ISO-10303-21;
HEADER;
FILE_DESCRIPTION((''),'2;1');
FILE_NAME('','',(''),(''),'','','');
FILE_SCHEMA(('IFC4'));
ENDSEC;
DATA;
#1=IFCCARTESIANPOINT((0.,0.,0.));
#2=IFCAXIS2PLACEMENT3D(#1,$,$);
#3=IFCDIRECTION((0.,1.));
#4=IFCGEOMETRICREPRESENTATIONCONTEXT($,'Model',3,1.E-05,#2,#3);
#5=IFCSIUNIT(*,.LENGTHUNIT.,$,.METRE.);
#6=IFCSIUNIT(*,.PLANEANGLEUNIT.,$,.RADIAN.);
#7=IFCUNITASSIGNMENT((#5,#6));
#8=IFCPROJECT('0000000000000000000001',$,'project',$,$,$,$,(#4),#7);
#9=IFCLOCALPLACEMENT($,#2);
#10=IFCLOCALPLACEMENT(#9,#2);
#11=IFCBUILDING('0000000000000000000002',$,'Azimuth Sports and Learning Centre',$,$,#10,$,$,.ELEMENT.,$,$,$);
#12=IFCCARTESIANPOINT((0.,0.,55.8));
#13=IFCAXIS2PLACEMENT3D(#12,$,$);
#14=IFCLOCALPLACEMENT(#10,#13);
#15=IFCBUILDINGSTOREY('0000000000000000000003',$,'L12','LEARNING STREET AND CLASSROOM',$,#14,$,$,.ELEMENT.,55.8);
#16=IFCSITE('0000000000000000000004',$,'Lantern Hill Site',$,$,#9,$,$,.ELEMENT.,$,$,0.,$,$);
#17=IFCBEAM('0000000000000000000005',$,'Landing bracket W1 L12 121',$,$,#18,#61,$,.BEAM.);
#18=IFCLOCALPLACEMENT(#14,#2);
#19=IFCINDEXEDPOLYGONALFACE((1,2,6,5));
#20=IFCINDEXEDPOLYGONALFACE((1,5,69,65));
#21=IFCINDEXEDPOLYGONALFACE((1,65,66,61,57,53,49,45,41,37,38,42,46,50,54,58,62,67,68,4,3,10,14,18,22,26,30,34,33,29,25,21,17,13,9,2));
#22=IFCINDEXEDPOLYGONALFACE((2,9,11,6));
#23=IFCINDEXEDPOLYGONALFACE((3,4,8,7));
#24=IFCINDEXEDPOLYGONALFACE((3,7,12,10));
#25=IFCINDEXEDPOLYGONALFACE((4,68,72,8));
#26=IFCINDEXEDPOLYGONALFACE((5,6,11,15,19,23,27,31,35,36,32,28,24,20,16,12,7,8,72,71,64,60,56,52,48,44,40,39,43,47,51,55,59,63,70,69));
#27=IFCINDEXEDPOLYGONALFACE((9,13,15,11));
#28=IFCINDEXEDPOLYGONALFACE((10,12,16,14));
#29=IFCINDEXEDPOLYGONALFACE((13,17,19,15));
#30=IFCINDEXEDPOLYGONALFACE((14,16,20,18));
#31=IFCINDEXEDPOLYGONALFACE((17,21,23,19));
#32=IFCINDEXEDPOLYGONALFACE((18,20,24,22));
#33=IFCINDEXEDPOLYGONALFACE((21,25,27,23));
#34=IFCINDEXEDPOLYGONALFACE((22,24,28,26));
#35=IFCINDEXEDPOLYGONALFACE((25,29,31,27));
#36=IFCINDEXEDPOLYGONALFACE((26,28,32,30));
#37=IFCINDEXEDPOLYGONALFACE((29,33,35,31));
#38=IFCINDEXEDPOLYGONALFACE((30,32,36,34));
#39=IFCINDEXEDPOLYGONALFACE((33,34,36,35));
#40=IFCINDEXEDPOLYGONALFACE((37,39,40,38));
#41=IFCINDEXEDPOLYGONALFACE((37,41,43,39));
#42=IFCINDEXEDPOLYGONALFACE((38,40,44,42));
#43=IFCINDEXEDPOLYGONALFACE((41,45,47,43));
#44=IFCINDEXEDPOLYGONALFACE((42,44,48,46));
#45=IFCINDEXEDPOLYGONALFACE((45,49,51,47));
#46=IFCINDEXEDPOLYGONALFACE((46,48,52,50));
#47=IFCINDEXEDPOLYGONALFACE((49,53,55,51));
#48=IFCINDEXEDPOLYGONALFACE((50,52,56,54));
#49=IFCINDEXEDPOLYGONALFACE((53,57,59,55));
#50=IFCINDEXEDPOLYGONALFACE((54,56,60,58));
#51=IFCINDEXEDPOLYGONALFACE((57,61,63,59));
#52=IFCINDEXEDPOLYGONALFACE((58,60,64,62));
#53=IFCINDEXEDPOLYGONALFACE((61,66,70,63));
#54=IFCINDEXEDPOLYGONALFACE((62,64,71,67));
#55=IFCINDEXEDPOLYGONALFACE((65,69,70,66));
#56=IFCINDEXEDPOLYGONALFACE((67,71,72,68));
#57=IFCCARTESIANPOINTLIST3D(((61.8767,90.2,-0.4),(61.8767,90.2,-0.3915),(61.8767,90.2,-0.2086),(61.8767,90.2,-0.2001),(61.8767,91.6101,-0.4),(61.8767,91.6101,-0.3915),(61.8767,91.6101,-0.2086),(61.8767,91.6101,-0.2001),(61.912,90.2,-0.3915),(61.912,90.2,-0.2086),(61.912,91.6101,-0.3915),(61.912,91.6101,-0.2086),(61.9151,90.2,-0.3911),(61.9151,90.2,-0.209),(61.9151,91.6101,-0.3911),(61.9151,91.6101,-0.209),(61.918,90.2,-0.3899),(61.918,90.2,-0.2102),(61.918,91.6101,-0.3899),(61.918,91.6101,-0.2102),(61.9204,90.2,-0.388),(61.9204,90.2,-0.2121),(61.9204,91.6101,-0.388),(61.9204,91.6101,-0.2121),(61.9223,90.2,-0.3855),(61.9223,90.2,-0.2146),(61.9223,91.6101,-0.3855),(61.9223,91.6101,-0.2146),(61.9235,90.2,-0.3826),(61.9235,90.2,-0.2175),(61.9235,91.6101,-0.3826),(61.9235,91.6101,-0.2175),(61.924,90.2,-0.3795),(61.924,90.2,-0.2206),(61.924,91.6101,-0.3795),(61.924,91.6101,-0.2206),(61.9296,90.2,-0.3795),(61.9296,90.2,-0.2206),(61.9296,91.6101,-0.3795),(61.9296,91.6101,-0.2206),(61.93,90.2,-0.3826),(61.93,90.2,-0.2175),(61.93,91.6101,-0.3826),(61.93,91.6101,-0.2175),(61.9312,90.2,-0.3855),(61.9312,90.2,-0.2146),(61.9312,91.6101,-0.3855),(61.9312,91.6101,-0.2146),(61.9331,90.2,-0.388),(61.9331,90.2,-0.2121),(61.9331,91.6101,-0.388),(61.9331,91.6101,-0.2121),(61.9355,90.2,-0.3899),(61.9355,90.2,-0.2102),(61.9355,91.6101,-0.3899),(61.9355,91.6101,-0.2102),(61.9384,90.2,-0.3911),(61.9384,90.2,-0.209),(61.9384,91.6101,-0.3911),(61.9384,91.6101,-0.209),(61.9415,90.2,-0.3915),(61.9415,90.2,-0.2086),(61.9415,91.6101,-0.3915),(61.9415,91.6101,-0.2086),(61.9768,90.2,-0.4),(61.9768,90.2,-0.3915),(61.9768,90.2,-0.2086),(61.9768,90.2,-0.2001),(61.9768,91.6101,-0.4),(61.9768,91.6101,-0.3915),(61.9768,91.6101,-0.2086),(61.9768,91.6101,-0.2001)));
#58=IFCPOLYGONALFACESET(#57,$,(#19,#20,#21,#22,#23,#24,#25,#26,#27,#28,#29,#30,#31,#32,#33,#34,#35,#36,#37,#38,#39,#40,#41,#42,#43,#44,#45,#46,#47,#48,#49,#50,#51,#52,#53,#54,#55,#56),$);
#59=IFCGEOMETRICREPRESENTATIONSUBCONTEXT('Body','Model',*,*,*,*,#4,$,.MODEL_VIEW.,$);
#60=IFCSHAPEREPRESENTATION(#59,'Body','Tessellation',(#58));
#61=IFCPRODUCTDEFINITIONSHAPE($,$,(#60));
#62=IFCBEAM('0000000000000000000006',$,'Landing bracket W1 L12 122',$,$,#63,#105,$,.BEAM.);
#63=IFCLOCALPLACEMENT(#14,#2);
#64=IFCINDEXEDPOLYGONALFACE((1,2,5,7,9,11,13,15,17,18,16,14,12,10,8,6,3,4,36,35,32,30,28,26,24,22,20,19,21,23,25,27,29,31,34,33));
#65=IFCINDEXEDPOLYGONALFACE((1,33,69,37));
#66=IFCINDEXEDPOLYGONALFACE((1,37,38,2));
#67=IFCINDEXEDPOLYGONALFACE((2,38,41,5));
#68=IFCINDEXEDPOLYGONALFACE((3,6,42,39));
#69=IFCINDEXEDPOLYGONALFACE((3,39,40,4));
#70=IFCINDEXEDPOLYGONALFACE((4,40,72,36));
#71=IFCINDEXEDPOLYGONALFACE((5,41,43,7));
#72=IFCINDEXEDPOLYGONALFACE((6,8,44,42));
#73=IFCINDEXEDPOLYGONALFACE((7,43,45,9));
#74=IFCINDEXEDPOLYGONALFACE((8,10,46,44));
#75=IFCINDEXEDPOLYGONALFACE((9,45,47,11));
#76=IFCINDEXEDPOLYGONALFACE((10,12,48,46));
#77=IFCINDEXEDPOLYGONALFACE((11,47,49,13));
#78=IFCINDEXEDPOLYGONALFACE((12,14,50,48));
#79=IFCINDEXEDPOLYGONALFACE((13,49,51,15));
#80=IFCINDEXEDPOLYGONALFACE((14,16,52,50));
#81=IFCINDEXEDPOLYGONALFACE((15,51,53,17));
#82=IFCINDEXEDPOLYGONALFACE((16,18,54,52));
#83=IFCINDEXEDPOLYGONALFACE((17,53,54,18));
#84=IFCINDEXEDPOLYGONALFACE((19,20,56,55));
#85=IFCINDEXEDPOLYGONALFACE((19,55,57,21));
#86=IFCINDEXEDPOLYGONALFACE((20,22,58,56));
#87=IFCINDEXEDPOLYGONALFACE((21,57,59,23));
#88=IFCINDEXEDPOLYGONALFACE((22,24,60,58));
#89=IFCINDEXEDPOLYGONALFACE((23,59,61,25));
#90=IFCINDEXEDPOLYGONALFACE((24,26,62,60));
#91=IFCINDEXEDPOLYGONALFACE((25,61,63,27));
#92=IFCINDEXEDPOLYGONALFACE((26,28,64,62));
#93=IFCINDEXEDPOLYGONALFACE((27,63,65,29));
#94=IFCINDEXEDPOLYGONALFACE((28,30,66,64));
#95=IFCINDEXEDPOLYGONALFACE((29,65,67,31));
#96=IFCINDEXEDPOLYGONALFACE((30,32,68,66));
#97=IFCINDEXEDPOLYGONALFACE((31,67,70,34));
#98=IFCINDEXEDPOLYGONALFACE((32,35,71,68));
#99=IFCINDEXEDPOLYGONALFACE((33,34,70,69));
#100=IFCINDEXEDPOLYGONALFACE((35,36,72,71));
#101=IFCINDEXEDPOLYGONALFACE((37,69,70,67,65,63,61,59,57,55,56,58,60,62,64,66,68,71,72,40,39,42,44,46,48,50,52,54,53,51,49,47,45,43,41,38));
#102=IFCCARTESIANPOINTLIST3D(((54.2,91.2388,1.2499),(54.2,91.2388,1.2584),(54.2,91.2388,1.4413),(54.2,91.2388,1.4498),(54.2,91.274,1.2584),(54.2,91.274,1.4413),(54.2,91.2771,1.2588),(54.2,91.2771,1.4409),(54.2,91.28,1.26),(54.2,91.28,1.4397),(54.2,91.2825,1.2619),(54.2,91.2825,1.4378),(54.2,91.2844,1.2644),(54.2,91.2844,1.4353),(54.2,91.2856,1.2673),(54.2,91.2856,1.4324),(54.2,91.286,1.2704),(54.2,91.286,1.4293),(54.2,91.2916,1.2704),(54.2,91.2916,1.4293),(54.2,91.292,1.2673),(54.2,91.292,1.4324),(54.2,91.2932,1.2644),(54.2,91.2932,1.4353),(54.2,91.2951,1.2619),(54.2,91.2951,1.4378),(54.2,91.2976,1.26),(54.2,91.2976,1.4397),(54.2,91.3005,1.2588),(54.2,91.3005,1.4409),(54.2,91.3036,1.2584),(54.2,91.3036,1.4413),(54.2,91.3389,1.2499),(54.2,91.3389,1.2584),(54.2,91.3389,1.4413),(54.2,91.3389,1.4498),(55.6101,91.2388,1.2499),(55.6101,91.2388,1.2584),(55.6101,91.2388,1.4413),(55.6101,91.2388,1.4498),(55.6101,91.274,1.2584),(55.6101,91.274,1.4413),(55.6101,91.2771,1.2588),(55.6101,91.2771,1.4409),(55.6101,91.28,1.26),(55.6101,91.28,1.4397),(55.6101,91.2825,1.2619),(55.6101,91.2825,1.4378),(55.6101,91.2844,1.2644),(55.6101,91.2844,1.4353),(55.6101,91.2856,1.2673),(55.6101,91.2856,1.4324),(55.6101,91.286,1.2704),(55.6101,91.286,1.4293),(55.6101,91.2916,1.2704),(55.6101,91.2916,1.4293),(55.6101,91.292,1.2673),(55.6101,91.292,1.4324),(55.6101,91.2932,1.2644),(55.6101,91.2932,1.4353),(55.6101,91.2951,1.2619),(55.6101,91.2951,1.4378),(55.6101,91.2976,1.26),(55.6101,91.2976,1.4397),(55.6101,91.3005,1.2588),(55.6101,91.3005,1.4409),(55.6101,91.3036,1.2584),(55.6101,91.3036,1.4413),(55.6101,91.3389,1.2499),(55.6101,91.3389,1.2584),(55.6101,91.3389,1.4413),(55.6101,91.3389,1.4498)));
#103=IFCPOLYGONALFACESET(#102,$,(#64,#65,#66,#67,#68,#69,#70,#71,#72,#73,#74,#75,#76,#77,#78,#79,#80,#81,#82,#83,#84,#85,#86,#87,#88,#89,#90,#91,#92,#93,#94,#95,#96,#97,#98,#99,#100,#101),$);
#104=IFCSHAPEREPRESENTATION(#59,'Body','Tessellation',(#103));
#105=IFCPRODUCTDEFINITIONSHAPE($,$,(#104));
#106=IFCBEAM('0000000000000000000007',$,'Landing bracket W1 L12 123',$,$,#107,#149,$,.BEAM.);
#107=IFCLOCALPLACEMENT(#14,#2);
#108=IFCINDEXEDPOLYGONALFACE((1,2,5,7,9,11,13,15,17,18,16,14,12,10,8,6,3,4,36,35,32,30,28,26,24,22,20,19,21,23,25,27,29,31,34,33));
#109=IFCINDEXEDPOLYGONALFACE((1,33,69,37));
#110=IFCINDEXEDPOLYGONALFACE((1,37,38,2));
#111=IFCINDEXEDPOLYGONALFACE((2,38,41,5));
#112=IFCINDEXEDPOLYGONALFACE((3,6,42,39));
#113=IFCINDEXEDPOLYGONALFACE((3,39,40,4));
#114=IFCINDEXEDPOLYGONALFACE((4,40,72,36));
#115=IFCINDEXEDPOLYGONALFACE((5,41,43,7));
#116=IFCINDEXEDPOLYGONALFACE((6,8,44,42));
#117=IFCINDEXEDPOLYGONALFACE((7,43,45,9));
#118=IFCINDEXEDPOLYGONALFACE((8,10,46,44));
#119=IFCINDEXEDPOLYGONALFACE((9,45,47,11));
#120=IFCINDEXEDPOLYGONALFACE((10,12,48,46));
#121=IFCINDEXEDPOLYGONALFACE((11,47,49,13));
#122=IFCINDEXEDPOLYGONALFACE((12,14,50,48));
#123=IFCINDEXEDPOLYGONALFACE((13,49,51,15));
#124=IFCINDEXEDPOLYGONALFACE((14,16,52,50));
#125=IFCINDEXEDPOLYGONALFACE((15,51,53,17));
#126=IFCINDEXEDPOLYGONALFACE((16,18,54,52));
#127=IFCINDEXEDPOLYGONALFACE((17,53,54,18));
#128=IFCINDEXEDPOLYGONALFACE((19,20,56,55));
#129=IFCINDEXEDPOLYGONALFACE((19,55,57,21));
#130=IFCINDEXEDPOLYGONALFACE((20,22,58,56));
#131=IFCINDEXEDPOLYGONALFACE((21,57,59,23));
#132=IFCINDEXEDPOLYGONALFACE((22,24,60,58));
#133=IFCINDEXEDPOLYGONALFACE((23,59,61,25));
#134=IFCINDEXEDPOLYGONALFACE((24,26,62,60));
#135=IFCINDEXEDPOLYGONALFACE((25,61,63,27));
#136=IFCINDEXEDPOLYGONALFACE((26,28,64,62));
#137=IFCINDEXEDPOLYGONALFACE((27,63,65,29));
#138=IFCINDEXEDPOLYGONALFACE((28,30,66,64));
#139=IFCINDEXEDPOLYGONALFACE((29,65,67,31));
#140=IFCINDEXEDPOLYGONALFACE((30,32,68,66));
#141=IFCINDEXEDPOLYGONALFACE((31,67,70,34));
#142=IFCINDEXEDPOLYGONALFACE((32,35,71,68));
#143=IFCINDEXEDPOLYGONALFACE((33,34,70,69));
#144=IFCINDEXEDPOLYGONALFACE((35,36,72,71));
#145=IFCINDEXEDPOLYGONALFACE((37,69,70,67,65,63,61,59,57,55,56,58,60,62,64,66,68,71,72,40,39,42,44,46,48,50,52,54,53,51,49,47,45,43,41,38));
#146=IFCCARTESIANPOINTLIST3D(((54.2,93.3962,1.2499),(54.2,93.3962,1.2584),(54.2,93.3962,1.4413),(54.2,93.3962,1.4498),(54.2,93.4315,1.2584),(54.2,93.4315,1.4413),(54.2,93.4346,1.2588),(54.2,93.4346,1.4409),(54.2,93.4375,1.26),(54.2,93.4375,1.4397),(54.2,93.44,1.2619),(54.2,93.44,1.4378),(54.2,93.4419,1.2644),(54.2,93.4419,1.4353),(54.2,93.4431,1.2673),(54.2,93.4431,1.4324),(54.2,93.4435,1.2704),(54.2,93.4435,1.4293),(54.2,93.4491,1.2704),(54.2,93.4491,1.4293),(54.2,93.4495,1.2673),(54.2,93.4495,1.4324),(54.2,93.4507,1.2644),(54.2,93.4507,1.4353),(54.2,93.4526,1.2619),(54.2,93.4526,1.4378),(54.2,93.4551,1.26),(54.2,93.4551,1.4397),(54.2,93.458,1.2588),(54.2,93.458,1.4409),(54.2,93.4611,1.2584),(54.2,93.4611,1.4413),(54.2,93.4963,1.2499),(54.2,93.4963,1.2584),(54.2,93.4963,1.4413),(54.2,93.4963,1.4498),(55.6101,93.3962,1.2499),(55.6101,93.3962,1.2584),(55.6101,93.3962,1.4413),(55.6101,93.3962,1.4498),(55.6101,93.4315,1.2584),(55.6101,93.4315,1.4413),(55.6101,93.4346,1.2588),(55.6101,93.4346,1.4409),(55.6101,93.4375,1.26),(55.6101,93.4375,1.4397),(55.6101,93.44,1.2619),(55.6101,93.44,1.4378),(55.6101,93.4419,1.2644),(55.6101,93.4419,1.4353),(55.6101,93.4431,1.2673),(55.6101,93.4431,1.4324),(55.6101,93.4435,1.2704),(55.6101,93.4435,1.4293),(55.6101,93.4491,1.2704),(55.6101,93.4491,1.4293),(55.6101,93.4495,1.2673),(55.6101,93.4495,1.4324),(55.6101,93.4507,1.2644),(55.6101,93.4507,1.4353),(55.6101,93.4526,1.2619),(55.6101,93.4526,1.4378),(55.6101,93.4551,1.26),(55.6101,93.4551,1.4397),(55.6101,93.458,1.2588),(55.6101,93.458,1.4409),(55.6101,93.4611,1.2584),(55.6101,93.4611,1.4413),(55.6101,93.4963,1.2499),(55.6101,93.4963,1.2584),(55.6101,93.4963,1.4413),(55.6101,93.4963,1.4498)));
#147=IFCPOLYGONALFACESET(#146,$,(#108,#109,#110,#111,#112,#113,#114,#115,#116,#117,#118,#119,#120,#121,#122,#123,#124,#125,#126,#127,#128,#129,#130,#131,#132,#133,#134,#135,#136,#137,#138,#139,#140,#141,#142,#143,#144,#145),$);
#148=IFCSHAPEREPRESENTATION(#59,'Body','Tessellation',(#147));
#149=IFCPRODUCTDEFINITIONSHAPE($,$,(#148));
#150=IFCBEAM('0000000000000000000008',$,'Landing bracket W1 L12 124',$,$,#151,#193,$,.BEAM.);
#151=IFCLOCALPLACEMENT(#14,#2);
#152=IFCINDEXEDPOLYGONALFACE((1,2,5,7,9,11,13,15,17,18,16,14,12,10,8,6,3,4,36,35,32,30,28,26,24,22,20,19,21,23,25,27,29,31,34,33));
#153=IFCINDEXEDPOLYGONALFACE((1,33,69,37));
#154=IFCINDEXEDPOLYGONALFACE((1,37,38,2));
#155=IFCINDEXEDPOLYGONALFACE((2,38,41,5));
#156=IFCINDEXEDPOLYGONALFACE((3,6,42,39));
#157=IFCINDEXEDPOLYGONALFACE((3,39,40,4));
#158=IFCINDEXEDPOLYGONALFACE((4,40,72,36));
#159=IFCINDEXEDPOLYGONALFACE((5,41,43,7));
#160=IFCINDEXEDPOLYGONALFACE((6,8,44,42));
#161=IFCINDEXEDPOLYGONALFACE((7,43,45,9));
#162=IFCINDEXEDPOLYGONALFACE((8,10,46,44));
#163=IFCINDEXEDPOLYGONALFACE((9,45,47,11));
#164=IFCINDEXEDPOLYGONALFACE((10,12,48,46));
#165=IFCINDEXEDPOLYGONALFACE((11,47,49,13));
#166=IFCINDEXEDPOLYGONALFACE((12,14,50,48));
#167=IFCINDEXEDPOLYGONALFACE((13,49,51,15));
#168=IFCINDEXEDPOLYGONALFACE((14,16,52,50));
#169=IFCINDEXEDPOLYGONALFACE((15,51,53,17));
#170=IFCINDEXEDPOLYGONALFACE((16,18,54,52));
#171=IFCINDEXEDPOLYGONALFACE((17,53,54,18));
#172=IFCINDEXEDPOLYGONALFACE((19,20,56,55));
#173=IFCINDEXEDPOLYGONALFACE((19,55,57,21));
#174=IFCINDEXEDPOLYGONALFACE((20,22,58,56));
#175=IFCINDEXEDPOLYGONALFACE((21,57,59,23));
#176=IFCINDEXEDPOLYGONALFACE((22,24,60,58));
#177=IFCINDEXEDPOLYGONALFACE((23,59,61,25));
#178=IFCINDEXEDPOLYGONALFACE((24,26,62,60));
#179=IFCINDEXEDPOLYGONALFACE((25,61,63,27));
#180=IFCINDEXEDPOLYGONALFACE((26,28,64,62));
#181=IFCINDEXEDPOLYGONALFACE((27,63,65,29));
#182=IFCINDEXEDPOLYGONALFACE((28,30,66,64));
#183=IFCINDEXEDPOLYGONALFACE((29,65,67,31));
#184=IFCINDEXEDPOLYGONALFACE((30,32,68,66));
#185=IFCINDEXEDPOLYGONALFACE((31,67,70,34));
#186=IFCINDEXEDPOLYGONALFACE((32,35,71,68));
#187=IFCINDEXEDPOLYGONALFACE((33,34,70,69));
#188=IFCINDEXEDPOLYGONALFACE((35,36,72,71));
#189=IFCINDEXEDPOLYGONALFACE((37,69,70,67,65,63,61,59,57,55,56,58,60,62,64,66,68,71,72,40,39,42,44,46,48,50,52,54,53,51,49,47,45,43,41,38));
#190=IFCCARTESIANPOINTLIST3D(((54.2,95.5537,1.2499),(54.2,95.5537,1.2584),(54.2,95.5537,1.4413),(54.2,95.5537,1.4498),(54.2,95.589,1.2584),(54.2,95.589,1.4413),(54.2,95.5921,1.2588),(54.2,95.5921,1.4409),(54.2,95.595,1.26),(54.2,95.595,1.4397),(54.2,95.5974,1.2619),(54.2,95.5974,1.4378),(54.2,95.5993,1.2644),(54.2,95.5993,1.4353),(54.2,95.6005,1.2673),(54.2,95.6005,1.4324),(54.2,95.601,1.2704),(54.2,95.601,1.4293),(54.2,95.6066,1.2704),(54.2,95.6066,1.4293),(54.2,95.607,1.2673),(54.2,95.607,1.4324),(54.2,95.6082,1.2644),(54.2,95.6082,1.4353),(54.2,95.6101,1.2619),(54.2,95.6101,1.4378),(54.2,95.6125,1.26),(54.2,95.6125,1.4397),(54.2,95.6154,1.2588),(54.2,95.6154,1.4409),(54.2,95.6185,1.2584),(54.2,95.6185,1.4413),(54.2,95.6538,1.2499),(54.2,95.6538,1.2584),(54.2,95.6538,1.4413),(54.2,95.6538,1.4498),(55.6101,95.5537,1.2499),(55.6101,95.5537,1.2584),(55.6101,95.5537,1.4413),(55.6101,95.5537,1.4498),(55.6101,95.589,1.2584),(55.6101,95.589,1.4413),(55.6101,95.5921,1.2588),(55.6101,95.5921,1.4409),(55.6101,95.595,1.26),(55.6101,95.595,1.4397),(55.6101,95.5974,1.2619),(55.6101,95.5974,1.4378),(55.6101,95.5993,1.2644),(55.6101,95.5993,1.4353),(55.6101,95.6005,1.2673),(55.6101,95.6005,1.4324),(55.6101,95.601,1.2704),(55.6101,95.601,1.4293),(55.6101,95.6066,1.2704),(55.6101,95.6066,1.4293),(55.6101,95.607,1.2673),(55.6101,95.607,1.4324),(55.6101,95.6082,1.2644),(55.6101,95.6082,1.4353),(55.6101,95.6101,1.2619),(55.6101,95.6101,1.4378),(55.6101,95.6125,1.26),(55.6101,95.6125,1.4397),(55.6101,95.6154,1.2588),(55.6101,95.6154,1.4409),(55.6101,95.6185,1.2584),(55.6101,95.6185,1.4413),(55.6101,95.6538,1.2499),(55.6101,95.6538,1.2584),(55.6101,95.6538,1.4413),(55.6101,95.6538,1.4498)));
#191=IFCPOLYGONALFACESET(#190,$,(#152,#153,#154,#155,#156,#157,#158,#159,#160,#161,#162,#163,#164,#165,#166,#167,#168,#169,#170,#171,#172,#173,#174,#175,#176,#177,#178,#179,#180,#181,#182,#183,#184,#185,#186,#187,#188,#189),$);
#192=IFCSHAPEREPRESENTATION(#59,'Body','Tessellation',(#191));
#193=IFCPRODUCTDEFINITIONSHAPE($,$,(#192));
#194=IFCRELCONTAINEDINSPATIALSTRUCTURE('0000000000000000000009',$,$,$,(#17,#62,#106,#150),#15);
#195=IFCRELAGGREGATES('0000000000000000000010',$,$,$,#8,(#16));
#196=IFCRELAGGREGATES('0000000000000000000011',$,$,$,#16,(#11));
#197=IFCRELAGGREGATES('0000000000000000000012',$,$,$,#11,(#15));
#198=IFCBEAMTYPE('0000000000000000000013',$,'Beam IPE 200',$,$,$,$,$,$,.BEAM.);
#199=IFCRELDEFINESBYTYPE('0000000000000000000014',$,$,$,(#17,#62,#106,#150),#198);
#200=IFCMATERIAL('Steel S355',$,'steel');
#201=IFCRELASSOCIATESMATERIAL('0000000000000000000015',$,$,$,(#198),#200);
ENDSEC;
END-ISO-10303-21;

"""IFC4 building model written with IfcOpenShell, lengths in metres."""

from ifc_helpers import new_model, si_unit, direction, frame, origin, origin_2d, place, context, subcontext, project, spatial, i_section, extrude, material, material_profile, profile_set, type_object, element, save


model = new_model("IFC4")

# Units and contexts
model_context = context("Model", 3, precision=1e-05, world=origin(), true_north=direction((0.0, 1.0)))
body_context = subcontext(model_context, "Body", "Model", "MODEL_VIEW")
ifc_project = project(units=[si_unit("LENGTHUNIT", "METRE"), si_unit("PLANEANGLEUNIT", "RADIAN")], contexts=[model_context])

# Site, building, storey
site_placement = place(None, origin())
site = spatial("IfcSite", under=ifc_project, at=site_placement, Name="Lantern Hill Site", CompositionType="ELEMENT", RefElevation=0.0)
building_placement = place(site_placement, origin())
building = spatial("IfcBuilding", under=site, at=building_placement, Name="Azimuth Sports and Learning Centre", CompositionType="ELEMENT")
storey_placement = place(building_placement, frame((0.0, 0.0, 55.8)))
storey = spatial("IfcBuildingStorey", under=building, at=storey_placement, Name="L12", Description="LEARNING STREET AND CLASSROOM", CompositionType="ELEMENT", Elevation=55.8)

# Beams
ifc_material_1 = material(Name="Steel S355", Category="steel")
ifc_material_profile = material_profile(ifc_material_1, i_section(OverallWidth=0.1001, OverallDepth=0.2, WebThickness=0.0056, FlangeThickness=0.0085, FilletRadius=0.012, at=origin_2d()), Name="IPE 200")
ifc_profile_set = profile_set([ifc_material_profile], Name="Steel S355")
beam_type = type_object("IfcBeamType", Name="Beam IPE 200", PredefinedType="BEAM", material=ifc_profile_set)
for number, where, z_axis, x_axis, name in (
    (1, (61.9268, 90.2, -0.3), (0.0, 1.0, 0.0), (-1.0, 0.0, 0.0), "Landing bracket W1 L12 121"),
    (2, (54.2, 91.2888, 1.3499), (1.0, 0.0, 0.0), (0.0, 1.0, 0.0), "Landing bracket W1 L12 122"),
    (3, (54.2, 93.4463, 1.3499), (1.0, 0.0, 0.0), (0.0, 1.0, 0.0), "Landing bracket W1 L12 123"),
    (4, (54.2, 95.6038, 1.3499), (1.0, 0.0, 0.0), (0.0, 1.0, 0.0), "Landing bracket W1 L12 124"),
):
    element("IfcBeam", number, at=place(storey_placement, frame(where, z_axis=z_axis, x_axis=x_axis)), inside=storey, type_object=beam_type, Name=name, PredefinedType="BEAM", context=body_context, shape_type="SweptSolid", body=[
        extrude(i_section(OverallWidth=0.1001, OverallDepth=0.2, WebThickness=0.0056, FlangeThickness=0.0085, FilletRadius=0.012, at=origin_2d()), origin(), (0.0, 0.0, 1.0), 1.4102),
    ])

save(model, "model.ifc")
